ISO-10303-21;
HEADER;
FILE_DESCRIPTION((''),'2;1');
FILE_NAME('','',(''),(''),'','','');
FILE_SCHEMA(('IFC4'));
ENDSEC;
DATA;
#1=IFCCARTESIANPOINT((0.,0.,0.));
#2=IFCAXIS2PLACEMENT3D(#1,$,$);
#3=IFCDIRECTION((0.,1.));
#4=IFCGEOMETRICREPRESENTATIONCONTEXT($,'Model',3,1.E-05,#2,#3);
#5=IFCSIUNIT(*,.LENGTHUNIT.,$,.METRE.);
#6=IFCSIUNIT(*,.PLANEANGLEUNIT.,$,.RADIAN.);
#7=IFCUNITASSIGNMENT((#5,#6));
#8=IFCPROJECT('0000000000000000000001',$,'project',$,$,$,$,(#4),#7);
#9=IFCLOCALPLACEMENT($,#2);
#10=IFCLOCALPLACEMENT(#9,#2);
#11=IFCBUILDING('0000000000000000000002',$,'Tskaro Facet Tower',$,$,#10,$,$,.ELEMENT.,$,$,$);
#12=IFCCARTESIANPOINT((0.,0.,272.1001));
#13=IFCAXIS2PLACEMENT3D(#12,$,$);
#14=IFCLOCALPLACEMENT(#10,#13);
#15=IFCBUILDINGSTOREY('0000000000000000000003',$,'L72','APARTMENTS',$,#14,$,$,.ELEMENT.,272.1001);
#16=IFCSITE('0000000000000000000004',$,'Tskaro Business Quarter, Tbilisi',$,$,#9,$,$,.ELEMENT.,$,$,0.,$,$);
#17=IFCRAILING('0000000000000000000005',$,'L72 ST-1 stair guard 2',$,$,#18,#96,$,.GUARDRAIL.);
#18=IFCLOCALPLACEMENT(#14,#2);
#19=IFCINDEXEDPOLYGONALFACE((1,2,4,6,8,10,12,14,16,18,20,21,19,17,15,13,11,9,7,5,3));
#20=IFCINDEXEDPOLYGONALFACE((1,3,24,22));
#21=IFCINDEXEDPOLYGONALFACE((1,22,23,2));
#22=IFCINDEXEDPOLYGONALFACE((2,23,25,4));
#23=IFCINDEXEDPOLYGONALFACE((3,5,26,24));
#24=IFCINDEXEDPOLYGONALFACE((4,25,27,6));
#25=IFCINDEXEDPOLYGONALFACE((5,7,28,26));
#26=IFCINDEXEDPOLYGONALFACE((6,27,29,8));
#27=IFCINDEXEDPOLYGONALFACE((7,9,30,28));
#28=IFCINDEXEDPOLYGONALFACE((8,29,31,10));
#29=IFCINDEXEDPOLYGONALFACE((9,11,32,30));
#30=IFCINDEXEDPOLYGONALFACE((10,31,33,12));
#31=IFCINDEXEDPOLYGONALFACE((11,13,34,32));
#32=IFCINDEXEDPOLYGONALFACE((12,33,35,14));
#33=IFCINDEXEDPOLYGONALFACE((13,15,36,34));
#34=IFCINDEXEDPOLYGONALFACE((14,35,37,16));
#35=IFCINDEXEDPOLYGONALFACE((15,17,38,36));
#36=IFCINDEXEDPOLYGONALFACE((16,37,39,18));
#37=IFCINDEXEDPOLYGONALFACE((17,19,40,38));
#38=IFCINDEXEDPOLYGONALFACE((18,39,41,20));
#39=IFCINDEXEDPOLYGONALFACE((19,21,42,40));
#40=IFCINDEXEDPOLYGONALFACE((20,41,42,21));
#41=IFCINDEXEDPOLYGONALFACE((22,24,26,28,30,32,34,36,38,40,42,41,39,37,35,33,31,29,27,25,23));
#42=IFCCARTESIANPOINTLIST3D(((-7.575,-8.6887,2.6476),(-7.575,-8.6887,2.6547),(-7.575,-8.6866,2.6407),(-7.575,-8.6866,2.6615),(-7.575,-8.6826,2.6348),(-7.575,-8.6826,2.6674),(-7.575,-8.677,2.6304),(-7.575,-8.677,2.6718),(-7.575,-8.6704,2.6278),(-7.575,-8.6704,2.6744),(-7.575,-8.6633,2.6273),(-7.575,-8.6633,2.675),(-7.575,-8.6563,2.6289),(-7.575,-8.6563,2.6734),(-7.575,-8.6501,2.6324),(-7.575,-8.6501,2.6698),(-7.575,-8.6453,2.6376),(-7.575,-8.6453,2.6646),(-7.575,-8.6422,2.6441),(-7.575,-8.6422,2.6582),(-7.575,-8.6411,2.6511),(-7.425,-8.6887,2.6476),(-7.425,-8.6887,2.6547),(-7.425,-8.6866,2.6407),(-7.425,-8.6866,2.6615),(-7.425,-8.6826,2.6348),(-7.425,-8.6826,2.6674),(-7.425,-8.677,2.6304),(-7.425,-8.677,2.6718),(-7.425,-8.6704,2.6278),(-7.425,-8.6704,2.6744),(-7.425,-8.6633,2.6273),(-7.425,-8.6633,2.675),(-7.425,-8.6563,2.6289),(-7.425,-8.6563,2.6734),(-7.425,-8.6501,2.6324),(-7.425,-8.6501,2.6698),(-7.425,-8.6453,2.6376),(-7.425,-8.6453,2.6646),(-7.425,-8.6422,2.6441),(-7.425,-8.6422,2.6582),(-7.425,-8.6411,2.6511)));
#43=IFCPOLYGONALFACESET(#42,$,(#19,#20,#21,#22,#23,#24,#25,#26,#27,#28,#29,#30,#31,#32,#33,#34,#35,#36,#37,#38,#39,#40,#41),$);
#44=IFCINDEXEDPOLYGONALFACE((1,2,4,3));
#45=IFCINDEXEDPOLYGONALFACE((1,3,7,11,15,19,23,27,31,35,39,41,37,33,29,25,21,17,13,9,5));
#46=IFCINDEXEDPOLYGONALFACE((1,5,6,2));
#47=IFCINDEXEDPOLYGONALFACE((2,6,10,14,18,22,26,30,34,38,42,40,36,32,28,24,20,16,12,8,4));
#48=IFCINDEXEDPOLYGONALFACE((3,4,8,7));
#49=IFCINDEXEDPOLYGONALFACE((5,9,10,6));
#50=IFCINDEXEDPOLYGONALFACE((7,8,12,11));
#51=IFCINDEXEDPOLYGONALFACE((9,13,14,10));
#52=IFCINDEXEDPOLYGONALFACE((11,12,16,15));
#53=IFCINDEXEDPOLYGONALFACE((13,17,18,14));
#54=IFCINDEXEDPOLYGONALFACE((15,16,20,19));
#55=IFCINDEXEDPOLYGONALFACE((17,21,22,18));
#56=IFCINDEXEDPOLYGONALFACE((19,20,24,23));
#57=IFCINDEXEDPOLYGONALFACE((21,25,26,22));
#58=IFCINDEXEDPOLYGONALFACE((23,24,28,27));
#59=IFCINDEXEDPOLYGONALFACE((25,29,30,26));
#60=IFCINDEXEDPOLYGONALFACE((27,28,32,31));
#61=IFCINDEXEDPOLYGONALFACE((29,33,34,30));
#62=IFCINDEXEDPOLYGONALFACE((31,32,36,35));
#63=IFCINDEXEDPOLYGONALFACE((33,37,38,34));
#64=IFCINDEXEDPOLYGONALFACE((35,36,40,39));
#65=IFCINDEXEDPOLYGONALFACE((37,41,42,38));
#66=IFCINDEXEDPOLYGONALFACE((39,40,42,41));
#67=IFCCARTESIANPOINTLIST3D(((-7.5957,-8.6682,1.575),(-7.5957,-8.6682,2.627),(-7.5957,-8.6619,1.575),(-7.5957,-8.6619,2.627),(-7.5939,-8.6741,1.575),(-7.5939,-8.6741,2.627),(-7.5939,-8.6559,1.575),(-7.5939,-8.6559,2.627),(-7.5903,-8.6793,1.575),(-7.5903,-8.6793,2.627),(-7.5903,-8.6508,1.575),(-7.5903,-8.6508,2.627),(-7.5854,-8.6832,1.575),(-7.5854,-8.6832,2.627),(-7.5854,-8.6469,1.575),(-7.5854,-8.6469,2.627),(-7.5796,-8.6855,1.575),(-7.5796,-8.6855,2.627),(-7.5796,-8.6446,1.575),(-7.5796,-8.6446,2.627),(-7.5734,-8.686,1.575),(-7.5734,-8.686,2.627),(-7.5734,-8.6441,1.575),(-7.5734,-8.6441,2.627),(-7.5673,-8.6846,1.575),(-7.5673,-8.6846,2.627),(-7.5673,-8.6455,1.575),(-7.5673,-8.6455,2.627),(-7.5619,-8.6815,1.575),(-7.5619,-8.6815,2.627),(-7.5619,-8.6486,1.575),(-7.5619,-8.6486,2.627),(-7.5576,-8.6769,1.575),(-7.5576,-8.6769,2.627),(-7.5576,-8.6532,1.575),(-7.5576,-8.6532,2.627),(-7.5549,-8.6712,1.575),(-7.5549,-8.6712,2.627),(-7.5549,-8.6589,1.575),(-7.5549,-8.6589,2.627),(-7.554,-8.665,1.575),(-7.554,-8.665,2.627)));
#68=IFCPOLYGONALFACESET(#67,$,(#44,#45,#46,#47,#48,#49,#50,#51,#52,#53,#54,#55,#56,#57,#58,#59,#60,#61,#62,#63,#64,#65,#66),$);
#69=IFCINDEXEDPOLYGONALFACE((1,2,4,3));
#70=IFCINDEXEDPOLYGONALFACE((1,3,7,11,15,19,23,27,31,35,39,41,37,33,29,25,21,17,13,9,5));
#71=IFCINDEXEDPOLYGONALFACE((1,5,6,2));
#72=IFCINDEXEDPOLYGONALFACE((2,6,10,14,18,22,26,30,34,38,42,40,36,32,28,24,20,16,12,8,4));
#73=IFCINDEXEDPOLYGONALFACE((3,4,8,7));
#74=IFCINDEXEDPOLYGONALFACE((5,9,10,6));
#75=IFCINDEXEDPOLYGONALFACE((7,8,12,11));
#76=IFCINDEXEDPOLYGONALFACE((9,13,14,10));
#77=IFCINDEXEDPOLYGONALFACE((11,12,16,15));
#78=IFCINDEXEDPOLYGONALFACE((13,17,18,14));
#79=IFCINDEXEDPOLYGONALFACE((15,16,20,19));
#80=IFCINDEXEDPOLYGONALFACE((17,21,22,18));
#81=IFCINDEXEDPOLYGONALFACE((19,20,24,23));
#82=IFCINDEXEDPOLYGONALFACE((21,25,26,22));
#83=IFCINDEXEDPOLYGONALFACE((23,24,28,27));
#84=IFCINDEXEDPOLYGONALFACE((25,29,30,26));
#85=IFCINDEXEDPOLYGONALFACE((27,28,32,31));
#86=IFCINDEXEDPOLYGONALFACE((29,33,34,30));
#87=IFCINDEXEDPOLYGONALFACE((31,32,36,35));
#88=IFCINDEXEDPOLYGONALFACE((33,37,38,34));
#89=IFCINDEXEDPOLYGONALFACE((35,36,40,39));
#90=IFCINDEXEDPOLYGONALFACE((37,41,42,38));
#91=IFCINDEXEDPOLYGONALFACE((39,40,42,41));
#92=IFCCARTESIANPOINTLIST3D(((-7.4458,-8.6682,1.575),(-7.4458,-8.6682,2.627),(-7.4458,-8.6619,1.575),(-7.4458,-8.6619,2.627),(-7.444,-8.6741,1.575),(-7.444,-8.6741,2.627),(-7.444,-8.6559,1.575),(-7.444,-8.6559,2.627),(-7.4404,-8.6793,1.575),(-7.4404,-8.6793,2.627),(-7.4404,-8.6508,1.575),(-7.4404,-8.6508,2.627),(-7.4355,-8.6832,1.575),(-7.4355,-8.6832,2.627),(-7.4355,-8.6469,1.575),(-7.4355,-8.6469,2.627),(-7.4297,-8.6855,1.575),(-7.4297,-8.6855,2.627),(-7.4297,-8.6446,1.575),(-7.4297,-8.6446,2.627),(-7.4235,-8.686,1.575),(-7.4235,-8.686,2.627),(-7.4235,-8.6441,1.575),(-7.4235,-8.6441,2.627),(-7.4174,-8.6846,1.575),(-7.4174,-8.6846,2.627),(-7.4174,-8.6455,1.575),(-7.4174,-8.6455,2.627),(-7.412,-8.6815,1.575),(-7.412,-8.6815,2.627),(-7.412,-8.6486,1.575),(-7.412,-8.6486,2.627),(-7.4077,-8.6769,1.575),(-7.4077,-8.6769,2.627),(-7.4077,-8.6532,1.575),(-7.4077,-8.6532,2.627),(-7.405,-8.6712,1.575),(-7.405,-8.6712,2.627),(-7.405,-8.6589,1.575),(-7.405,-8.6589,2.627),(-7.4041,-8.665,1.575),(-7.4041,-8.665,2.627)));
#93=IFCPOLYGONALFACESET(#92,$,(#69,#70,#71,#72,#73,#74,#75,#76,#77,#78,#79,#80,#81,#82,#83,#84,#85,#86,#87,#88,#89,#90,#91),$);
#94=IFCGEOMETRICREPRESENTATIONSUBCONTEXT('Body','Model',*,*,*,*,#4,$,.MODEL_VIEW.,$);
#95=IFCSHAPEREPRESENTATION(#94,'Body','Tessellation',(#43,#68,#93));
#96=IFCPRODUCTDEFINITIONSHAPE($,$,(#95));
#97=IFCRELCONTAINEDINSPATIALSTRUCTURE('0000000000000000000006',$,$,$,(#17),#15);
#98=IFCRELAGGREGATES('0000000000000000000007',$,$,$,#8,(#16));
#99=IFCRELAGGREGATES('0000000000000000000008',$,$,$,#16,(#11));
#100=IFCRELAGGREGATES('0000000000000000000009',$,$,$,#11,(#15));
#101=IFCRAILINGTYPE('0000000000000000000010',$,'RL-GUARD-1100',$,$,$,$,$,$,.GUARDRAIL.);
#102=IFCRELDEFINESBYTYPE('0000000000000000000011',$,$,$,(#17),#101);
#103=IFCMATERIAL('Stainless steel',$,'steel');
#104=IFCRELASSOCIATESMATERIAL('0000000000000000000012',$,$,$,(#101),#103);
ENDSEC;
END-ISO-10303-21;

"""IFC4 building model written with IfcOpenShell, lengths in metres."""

from ifc_helpers import new_model, si_unit, direction, frame, origin, origin_2d, place, context, subcontext, project, spatial, circle, extrude, material, type_object, element, save


model = new_model("IFC4")

# Units and contexts
model_context = context("Model", 3, precision=1e-05, world=origin(), true_north=direction((0.0, 1.0)))
body_context = subcontext(model_context, "Body", "Model", "MODEL_VIEW")
ifc_project = project(units=[si_unit("LENGTHUNIT", "METRE"), si_unit("PLANEANGLEUNIT", "RADIAN")], contexts=[model_context])

# Site, building, storey
site_placement = place(None, origin())
site = spatial("IfcSite", under=ifc_project, at=site_placement, Name="Tskaro Business Quarter, Tbilisi", CompositionType="ELEMENT", RefElevation=0.0)
building_placement = place(site_placement, origin())
building = spatial("IfcBuilding", under=site, at=building_placement, Name="Tskaro Facet Tower", CompositionType="ELEMENT")
storey_placement = place(building_placement, frame((0.0, 0.0, 272.1001)))
storey = spatial("IfcBuildingStorey", under=building, at=storey_placement, Name="L72", Description="APARTMENTS", CompositionType="ELEMENT", Elevation=272.1001)

# Shared definitions
ifc_material_1 = material(Name="Stainless steel", Category="steel")

# Railing
railing_type_1 = type_object("IfcRailingType", Name="RL-GUARD-1100", PredefinedType="GUARDRAIL", material=ifc_material_1)
railing_1_placement = place(storey_placement, frame((-7.575, -8.665, 1.575)))
element("IfcRailing", 1, at=railing_1_placement, inside=storey, type_object=railing_type_1, Name="L72 ST-1 stair guard 2", PredefinedType="GUARDRAIL", context=body_context, shape_type="SweptSolid", body=[
    extrude(circle(Radius=0.0239, at=origin_2d()), frame((0.0, 0.0, 1.0762), z_axis=(1.0, 0.0, 0.0), x_axis=(0.0, 1.0, 0.0)), (0.0, 0.0, 1.0), 0.1499),
    extrude(circle(Radius=0.021, at=origin_2d()), origin(), (0.0, 0.0, 1.0), 1.052),
    extrude(circle(Radius=0.021, at=origin_2d()), frame((0.1499, 0.0, 0.0)), (0.0, 0.0, 1.0), 1.052),
])

save(model, "model.ifc")
